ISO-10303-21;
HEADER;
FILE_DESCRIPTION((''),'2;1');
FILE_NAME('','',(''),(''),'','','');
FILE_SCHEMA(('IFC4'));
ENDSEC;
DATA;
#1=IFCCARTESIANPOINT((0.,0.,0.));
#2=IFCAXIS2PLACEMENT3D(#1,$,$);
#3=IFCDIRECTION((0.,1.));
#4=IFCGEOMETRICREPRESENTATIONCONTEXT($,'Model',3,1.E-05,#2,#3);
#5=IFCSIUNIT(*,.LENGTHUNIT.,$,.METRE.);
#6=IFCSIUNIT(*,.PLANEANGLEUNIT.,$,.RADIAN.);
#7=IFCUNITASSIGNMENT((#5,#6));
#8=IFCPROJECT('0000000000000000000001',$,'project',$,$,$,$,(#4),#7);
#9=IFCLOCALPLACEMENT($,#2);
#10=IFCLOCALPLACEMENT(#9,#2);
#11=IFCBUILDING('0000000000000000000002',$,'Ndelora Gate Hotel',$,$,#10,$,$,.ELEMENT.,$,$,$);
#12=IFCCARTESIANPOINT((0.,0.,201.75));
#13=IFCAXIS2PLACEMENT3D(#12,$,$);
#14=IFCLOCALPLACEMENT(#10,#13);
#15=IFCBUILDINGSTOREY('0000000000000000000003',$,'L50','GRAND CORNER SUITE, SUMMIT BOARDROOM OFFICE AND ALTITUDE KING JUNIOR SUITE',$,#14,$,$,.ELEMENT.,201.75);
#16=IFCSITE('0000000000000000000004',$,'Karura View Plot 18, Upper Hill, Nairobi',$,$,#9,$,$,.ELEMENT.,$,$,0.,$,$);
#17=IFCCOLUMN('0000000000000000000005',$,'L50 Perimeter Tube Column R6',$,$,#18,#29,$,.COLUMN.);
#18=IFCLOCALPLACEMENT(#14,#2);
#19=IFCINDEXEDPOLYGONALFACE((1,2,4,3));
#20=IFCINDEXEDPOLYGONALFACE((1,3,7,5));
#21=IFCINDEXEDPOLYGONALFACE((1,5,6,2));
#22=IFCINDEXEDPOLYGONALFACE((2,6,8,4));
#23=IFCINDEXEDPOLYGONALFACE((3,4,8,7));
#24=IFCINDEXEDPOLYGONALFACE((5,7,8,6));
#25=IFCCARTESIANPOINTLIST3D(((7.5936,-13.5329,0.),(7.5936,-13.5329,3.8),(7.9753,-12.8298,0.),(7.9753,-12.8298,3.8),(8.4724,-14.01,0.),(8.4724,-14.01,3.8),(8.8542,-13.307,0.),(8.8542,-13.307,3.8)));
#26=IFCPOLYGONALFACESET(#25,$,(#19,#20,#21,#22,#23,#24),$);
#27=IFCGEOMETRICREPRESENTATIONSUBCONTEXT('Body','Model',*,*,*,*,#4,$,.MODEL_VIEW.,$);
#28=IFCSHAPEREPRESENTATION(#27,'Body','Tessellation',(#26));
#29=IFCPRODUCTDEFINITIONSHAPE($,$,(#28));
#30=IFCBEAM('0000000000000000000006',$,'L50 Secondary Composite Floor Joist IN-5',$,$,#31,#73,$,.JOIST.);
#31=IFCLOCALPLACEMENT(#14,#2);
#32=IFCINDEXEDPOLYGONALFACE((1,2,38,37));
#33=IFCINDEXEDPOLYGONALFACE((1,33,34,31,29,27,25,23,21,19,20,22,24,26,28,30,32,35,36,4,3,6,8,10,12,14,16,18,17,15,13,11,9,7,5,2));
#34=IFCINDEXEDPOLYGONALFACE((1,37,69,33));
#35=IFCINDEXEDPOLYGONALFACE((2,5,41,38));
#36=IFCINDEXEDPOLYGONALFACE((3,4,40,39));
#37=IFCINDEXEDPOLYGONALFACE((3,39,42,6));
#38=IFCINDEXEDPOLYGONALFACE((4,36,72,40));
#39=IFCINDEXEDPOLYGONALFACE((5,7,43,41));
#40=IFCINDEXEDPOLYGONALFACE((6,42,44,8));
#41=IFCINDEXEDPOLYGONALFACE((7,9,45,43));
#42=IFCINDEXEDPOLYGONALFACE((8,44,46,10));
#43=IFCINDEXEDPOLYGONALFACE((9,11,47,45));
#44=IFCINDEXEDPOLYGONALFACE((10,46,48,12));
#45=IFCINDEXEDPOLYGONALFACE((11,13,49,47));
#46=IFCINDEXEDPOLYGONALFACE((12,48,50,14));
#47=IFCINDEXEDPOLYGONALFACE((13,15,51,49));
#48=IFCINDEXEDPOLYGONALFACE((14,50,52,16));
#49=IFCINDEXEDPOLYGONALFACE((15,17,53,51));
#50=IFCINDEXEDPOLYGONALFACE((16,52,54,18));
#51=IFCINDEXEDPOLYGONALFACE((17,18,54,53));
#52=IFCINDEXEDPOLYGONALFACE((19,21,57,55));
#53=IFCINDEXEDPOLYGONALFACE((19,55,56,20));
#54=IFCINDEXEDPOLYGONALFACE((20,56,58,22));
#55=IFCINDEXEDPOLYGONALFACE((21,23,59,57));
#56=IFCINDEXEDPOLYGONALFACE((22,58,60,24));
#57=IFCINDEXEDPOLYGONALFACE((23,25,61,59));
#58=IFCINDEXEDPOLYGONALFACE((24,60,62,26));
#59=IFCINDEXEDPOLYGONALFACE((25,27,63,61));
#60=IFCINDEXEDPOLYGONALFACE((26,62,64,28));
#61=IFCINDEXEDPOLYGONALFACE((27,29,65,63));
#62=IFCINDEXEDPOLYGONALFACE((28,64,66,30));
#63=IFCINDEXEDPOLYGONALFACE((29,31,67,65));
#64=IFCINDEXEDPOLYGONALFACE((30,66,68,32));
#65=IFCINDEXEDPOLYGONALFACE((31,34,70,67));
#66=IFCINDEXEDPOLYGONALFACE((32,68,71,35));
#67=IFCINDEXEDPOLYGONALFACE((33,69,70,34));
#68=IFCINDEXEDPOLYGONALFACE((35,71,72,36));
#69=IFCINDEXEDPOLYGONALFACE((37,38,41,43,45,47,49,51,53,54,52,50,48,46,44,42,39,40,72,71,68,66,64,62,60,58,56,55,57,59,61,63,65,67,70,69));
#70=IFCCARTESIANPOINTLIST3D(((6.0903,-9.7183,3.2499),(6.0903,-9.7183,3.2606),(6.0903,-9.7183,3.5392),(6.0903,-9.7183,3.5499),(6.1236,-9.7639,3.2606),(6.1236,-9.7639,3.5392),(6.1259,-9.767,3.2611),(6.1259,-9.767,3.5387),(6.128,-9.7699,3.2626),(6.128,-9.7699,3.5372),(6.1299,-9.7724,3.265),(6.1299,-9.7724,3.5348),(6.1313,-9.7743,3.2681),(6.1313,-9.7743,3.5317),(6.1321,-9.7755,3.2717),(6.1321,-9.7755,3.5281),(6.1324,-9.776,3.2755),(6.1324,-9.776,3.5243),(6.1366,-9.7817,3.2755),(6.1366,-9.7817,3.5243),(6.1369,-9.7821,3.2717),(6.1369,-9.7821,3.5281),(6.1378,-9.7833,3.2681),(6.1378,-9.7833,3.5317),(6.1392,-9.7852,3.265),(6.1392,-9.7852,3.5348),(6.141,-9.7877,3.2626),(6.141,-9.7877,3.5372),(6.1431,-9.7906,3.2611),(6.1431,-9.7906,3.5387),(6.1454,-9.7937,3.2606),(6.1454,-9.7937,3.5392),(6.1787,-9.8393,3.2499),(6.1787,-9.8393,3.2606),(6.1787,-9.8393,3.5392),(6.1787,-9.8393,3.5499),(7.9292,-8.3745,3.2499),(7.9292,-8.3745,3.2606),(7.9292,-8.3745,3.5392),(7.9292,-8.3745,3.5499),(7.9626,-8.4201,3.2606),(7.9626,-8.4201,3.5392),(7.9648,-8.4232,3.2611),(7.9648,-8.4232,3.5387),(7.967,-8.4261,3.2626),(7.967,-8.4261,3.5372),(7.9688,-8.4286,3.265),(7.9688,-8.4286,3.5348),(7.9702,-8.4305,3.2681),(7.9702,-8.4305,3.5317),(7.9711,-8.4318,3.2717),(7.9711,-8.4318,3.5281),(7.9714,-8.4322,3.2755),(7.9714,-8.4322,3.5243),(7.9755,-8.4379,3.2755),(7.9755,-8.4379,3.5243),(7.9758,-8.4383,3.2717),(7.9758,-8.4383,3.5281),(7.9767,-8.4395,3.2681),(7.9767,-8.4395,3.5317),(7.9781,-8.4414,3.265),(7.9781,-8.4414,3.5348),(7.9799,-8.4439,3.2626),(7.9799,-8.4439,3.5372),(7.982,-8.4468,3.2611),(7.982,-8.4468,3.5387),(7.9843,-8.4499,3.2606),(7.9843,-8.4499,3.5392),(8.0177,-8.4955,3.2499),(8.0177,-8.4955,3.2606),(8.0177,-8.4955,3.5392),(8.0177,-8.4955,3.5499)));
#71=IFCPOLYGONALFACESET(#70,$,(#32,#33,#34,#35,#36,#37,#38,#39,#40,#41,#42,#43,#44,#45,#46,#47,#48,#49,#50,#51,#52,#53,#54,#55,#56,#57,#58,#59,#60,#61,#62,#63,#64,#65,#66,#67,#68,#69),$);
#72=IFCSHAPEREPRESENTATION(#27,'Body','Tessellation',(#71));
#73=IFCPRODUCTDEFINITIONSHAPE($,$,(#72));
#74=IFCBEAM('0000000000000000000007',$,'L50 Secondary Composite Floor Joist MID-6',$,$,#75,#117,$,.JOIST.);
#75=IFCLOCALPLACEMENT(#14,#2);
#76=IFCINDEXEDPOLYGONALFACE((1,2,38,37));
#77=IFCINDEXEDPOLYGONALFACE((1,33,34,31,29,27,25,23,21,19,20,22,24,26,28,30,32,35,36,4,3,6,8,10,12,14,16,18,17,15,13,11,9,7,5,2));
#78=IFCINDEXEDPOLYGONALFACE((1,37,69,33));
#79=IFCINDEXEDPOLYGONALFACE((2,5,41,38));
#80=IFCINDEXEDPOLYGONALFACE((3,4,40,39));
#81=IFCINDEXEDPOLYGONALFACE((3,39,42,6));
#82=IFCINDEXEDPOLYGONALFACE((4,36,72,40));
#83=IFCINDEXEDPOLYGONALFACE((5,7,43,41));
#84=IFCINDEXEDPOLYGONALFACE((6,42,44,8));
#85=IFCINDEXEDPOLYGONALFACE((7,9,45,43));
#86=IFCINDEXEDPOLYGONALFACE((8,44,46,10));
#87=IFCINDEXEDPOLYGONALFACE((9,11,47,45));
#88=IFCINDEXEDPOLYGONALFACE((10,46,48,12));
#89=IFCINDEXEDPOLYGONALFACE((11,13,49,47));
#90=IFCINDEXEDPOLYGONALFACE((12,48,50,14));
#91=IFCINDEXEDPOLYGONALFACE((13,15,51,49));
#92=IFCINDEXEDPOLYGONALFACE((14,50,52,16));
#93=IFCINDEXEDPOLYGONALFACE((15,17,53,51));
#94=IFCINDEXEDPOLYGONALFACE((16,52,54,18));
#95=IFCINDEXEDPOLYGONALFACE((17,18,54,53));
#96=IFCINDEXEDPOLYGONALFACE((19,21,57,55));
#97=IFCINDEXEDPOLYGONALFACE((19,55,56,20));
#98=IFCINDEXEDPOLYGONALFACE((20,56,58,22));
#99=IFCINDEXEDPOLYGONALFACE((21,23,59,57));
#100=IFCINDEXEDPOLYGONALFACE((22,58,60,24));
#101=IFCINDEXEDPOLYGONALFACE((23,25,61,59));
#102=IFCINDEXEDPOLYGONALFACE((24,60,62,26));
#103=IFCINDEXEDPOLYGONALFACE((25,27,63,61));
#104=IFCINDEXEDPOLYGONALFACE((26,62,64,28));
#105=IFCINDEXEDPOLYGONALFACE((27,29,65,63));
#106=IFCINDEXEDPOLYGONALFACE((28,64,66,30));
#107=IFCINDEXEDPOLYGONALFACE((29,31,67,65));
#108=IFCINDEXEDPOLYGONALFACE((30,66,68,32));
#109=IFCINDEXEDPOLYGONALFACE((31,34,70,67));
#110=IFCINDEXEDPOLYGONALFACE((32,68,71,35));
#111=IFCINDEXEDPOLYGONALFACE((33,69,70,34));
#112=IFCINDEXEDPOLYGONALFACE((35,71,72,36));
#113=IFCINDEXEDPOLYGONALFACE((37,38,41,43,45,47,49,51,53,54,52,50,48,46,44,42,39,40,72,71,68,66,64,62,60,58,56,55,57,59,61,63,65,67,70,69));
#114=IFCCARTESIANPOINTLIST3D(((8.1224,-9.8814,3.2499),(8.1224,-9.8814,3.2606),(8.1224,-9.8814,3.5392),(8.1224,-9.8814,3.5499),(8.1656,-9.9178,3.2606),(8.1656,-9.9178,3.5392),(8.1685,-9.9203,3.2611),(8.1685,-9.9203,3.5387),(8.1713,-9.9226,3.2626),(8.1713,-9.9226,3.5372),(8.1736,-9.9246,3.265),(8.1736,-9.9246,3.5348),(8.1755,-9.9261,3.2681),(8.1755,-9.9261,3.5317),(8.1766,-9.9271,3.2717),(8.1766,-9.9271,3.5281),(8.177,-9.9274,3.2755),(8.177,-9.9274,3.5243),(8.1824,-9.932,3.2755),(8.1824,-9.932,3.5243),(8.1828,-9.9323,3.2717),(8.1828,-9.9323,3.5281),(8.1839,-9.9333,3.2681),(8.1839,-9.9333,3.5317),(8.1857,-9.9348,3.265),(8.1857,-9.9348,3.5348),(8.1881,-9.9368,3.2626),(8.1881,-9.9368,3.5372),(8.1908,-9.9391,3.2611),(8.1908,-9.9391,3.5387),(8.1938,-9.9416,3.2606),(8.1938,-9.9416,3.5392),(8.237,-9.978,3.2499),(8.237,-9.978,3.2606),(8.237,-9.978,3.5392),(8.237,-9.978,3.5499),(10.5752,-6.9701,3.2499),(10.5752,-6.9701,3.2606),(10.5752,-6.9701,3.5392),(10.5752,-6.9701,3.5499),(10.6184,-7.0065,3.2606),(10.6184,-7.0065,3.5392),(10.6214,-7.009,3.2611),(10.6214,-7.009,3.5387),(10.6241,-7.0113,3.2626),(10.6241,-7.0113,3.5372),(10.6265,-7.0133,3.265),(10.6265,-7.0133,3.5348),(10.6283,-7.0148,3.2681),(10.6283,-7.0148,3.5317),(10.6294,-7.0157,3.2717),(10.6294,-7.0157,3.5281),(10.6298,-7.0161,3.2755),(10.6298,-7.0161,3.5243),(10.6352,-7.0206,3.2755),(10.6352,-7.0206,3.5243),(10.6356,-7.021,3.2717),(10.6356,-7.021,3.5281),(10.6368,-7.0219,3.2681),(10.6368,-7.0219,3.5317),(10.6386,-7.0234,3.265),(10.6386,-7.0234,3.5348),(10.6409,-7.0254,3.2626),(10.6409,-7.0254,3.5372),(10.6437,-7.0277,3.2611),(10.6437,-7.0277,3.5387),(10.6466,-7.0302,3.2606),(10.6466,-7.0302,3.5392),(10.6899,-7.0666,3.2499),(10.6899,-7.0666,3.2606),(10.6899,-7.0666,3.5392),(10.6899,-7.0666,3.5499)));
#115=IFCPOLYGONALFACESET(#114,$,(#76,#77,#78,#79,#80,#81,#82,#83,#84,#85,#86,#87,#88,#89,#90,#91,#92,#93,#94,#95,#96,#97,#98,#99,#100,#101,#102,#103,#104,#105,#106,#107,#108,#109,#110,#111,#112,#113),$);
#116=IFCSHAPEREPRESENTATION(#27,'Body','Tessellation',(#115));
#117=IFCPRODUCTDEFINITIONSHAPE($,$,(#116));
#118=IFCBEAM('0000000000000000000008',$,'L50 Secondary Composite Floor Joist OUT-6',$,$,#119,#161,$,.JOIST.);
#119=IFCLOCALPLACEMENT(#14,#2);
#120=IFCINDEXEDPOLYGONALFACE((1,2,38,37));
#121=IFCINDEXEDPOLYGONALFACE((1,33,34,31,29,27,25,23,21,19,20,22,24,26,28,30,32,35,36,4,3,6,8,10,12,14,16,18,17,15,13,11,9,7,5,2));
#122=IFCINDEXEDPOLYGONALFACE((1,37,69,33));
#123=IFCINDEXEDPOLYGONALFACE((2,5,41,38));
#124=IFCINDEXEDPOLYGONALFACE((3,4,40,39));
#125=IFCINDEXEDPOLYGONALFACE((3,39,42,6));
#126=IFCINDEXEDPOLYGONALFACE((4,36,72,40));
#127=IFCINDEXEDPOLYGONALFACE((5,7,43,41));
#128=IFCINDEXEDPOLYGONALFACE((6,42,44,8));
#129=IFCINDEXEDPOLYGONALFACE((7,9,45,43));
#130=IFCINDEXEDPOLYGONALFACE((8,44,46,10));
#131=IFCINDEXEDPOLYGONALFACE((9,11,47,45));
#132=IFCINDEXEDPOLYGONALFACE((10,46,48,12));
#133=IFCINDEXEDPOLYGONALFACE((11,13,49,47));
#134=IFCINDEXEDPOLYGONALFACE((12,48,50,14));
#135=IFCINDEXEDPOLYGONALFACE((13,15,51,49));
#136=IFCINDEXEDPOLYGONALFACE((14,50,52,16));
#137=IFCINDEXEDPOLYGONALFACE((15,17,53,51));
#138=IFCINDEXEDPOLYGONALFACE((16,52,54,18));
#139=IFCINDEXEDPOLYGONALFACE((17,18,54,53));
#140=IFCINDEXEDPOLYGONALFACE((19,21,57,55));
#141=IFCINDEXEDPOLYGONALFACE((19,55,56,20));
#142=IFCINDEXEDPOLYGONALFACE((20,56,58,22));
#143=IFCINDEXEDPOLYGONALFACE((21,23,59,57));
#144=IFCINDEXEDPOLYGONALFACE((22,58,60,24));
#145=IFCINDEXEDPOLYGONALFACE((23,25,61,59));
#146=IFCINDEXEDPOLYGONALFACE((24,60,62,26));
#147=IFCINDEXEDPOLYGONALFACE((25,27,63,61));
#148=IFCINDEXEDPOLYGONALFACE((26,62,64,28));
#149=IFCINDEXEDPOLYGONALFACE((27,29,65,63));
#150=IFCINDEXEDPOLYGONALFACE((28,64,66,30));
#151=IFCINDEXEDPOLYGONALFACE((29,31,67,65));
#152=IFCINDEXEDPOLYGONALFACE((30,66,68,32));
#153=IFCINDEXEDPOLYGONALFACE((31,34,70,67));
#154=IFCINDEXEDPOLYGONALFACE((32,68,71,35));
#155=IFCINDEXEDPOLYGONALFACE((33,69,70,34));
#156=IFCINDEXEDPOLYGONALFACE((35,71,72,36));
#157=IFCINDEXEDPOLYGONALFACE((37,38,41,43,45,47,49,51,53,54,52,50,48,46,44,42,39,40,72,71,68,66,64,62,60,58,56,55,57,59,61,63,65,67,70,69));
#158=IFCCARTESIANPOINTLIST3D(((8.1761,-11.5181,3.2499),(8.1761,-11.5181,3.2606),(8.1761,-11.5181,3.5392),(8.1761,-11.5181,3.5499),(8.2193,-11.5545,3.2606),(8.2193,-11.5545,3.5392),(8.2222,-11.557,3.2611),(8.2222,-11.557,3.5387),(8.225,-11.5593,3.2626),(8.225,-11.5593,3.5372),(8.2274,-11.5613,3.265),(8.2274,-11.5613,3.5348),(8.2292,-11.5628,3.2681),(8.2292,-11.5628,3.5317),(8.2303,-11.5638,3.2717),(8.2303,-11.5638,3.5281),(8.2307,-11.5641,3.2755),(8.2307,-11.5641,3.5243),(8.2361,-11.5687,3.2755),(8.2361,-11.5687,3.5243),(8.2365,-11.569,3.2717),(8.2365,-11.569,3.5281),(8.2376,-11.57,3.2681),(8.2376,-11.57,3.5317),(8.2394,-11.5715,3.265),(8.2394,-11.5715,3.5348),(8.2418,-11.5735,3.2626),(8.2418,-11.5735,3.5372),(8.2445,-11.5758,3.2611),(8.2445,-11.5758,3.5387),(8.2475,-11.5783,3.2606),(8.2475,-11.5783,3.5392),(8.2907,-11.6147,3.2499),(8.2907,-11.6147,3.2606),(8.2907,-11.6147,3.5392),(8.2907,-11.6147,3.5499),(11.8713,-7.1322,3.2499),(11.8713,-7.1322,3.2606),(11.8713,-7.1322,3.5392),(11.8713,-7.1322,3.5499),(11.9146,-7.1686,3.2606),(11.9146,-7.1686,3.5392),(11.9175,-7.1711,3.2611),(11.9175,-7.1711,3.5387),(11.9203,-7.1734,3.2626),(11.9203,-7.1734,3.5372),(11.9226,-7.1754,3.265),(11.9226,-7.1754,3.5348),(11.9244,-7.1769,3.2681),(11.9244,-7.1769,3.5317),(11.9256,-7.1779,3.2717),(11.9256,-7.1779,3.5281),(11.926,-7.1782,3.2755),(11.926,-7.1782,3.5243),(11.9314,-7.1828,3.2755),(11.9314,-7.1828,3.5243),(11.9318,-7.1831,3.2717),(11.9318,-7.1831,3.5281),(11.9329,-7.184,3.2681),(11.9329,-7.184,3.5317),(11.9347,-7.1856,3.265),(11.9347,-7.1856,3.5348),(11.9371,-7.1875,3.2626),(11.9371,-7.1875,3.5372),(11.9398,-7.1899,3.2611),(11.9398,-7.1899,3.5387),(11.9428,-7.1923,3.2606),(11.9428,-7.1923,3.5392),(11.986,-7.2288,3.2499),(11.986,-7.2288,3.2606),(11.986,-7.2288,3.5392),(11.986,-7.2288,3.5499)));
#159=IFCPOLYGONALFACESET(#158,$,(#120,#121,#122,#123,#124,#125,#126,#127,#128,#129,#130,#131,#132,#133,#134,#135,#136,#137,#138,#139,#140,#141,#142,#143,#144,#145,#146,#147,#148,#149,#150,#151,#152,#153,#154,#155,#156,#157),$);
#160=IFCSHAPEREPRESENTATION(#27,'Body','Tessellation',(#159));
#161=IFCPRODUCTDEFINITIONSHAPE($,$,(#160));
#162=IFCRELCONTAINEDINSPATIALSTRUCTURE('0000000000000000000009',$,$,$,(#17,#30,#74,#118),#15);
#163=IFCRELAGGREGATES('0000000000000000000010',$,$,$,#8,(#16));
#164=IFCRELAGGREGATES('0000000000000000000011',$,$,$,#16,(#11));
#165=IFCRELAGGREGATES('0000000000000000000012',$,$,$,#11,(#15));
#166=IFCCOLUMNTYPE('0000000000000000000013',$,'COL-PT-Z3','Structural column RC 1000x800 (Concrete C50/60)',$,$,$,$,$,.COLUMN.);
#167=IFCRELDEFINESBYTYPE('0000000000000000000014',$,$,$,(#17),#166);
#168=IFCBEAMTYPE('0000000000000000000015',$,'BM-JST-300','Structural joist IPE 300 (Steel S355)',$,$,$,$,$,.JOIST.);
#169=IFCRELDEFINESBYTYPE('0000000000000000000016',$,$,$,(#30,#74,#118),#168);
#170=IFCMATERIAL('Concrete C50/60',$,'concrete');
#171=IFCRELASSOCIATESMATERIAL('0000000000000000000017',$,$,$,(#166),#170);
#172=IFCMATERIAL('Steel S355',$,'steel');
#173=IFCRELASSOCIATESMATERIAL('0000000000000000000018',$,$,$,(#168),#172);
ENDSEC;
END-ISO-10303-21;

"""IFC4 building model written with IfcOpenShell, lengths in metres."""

from ifc_helpers import new_model, si_unit, direction, frame, origin, origin_2d, place, context, subcontext, project, spatial, rectangle, i_section, extrude, material, material_profile, profile_set, type_object, element, save


model = new_model("IFC4")

# Units and contexts
model_context = context("Model", 3, precision=1e-05, world=origin(), true_north=direction((0.0, 1.0)))
body_context = subcontext(model_context, "Body", "Model", "MODEL_VIEW")
ifc_project = project(units=[si_unit("LENGTHUNIT", "METRE"), si_unit("PLANEANGLEUNIT", "RADIAN")], contexts=[model_context])

# Site, building, storey
site_placement = place(None, origin())
site = spatial("IfcSite", under=ifc_project, at=site_placement, Name="Karura View Plot 18, Upper Hill, Nairobi", CompositionType="ELEMENT", RefElevation=0.0)
building_placement = place(site_placement, origin())
building = spatial("IfcBuilding", under=site, at=building_placement, Name="Ndelora Gate Hotel", CompositionType="ELEMENT")
storey_placement = place(building_placement, frame((0.0, 0.0, 201.75)))
storey = spatial("IfcBuildingStorey", under=building, at=storey_placement, Name="L50", Description="GRAND CORNER SUITE, SUMMIT BOARDROOM OFFICE AND ALTITUDE KING JUNIOR SUITE", CompositionType="ELEMENT", Elevation=201.75)

# Column
ifc_material_1 = material(Name="Concrete C50/60", Category="concrete")
ifc_material_profile_1 = material_profile(ifc_material_1, rectangle(XDim=0.8, YDim=1.0, at=origin_2d()), Name="RC 1000x800")
ifc_profile_set_1 = profile_set([ifc_material_profile_1], Name="Concrete C50/60")
column_type = type_object("IfcColumnType", Name="COL-PT-Z3", Description="Structural column RC 1000x800 (Concrete C50/60)", PredefinedType="COLUMN", material=ifc_profile_set_1)
column_placement = place(storey_placement, frame((8.2239, -13.4199, 0.0), z_axis=(0.0, 0.0, 1.0), x_axis=(0.477159, 0.878817, 0.0)))
element("IfcColumn", 1, at=column_placement, inside=storey, type_object=column_type, Name="L50 Perimeter Tube Column R6", PredefinedType="COLUMN", context=body_context, shape_type="SweptSolid", body=[
    extrude(rectangle(XDim=0.8, YDim=1.0, at=origin_2d()), origin(), (0.0, 0.0, 1.0), 3.8),
])

# Beams
ifc_material_2 = material(Name="Steel S355", Category="steel")
ifc_material_profile_2 = material_profile(ifc_material_2, i_section(OverallWidth=0.1499, OverallDepth=0.3, WebThickness=0.0071, FlangeThickness=0.0107, FilletRadius=0.0149, at=origin_2d()), Name="IPE 300")
ifc_profile_set_2 = profile_set([ifc_material_profile_2], Name="Steel S355")
beam_type_1 = type_object("IfcBeamType", Name="BM-JST-300", Description="Structural joist IPE 300 (Steel S355)", PredefinedType="JOIST", material=ifc_profile_set_2)
beam_1_placement = place(storey_placement, frame((6.1345, -9.7788, 3.3999), z_axis=(0.807399, 0.590006, 0.0), x_axis=(-0.590006, 0.807399, 0.0)))
element("IfcBeam", 2, at=beam_1_placement, inside=storey, type_object=beam_type_1, Name="L50 Secondary Composite Floor Joist IN-5", PredefinedType="JOIST", context=body_context, shape_type="SweptSolid", body=[
    extrude(i_section(OverallWidth=0.1499, OverallDepth=0.3, WebThickness=0.0071, FlangeThickness=0.0107, FilletRadius=0.0149, at=origin_2d()), origin(), (0.0, 0.0, 1.0), 2.2776),
])
beam_2_placement = place(storey_placement, frame((8.1797, -9.9297, 3.3999), z_axis=(0.644319, 0.764757, 0.0), x_axis=(-0.764757, 0.644319, 0.0)))
element("IfcBeam", 3, at=beam_2_placement, inside=storey, type_object=beam_type_1, Name="L50 Secondary Composite Floor Joist MID-6", PredefinedType="JOIST", context=body_context, shape_type="SweptSolid", body=[
    extrude(i_section(OverallWidth=0.1499, OverallDepth=0.3, WebThickness=0.0071, FlangeThickness=0.0107, FilletRadius=0.0149, at=origin_2d()), origin(), (0.0, 0.0, 1.0), 3.8069),
])
beam_3_placement = place(storey_placement, frame((8.2334, -11.5664, 3.3999), z_axis=(0.644324, 0.764752, 0.0), x_axis=(-0.764752, 0.644324, 0.0)))
element("IfcBeam", 4, at=beam_3_placement, inside=storey, type_object=beam_type_1, Name="L50 Secondary Composite Floor Joist OUT-6", PredefinedType="JOIST", context=body_context, shape_type="SweptSolid", body=[
    extrude(i_section(OverallWidth=0.1499, OverallDepth=0.3, WebThickness=0.0071, FlangeThickness=0.0107, FilletRadius=0.0149, at=origin_2d()), origin(), (0.0, 0.0, 1.0), 5.7351),
])

save(model, "model.ifc")
